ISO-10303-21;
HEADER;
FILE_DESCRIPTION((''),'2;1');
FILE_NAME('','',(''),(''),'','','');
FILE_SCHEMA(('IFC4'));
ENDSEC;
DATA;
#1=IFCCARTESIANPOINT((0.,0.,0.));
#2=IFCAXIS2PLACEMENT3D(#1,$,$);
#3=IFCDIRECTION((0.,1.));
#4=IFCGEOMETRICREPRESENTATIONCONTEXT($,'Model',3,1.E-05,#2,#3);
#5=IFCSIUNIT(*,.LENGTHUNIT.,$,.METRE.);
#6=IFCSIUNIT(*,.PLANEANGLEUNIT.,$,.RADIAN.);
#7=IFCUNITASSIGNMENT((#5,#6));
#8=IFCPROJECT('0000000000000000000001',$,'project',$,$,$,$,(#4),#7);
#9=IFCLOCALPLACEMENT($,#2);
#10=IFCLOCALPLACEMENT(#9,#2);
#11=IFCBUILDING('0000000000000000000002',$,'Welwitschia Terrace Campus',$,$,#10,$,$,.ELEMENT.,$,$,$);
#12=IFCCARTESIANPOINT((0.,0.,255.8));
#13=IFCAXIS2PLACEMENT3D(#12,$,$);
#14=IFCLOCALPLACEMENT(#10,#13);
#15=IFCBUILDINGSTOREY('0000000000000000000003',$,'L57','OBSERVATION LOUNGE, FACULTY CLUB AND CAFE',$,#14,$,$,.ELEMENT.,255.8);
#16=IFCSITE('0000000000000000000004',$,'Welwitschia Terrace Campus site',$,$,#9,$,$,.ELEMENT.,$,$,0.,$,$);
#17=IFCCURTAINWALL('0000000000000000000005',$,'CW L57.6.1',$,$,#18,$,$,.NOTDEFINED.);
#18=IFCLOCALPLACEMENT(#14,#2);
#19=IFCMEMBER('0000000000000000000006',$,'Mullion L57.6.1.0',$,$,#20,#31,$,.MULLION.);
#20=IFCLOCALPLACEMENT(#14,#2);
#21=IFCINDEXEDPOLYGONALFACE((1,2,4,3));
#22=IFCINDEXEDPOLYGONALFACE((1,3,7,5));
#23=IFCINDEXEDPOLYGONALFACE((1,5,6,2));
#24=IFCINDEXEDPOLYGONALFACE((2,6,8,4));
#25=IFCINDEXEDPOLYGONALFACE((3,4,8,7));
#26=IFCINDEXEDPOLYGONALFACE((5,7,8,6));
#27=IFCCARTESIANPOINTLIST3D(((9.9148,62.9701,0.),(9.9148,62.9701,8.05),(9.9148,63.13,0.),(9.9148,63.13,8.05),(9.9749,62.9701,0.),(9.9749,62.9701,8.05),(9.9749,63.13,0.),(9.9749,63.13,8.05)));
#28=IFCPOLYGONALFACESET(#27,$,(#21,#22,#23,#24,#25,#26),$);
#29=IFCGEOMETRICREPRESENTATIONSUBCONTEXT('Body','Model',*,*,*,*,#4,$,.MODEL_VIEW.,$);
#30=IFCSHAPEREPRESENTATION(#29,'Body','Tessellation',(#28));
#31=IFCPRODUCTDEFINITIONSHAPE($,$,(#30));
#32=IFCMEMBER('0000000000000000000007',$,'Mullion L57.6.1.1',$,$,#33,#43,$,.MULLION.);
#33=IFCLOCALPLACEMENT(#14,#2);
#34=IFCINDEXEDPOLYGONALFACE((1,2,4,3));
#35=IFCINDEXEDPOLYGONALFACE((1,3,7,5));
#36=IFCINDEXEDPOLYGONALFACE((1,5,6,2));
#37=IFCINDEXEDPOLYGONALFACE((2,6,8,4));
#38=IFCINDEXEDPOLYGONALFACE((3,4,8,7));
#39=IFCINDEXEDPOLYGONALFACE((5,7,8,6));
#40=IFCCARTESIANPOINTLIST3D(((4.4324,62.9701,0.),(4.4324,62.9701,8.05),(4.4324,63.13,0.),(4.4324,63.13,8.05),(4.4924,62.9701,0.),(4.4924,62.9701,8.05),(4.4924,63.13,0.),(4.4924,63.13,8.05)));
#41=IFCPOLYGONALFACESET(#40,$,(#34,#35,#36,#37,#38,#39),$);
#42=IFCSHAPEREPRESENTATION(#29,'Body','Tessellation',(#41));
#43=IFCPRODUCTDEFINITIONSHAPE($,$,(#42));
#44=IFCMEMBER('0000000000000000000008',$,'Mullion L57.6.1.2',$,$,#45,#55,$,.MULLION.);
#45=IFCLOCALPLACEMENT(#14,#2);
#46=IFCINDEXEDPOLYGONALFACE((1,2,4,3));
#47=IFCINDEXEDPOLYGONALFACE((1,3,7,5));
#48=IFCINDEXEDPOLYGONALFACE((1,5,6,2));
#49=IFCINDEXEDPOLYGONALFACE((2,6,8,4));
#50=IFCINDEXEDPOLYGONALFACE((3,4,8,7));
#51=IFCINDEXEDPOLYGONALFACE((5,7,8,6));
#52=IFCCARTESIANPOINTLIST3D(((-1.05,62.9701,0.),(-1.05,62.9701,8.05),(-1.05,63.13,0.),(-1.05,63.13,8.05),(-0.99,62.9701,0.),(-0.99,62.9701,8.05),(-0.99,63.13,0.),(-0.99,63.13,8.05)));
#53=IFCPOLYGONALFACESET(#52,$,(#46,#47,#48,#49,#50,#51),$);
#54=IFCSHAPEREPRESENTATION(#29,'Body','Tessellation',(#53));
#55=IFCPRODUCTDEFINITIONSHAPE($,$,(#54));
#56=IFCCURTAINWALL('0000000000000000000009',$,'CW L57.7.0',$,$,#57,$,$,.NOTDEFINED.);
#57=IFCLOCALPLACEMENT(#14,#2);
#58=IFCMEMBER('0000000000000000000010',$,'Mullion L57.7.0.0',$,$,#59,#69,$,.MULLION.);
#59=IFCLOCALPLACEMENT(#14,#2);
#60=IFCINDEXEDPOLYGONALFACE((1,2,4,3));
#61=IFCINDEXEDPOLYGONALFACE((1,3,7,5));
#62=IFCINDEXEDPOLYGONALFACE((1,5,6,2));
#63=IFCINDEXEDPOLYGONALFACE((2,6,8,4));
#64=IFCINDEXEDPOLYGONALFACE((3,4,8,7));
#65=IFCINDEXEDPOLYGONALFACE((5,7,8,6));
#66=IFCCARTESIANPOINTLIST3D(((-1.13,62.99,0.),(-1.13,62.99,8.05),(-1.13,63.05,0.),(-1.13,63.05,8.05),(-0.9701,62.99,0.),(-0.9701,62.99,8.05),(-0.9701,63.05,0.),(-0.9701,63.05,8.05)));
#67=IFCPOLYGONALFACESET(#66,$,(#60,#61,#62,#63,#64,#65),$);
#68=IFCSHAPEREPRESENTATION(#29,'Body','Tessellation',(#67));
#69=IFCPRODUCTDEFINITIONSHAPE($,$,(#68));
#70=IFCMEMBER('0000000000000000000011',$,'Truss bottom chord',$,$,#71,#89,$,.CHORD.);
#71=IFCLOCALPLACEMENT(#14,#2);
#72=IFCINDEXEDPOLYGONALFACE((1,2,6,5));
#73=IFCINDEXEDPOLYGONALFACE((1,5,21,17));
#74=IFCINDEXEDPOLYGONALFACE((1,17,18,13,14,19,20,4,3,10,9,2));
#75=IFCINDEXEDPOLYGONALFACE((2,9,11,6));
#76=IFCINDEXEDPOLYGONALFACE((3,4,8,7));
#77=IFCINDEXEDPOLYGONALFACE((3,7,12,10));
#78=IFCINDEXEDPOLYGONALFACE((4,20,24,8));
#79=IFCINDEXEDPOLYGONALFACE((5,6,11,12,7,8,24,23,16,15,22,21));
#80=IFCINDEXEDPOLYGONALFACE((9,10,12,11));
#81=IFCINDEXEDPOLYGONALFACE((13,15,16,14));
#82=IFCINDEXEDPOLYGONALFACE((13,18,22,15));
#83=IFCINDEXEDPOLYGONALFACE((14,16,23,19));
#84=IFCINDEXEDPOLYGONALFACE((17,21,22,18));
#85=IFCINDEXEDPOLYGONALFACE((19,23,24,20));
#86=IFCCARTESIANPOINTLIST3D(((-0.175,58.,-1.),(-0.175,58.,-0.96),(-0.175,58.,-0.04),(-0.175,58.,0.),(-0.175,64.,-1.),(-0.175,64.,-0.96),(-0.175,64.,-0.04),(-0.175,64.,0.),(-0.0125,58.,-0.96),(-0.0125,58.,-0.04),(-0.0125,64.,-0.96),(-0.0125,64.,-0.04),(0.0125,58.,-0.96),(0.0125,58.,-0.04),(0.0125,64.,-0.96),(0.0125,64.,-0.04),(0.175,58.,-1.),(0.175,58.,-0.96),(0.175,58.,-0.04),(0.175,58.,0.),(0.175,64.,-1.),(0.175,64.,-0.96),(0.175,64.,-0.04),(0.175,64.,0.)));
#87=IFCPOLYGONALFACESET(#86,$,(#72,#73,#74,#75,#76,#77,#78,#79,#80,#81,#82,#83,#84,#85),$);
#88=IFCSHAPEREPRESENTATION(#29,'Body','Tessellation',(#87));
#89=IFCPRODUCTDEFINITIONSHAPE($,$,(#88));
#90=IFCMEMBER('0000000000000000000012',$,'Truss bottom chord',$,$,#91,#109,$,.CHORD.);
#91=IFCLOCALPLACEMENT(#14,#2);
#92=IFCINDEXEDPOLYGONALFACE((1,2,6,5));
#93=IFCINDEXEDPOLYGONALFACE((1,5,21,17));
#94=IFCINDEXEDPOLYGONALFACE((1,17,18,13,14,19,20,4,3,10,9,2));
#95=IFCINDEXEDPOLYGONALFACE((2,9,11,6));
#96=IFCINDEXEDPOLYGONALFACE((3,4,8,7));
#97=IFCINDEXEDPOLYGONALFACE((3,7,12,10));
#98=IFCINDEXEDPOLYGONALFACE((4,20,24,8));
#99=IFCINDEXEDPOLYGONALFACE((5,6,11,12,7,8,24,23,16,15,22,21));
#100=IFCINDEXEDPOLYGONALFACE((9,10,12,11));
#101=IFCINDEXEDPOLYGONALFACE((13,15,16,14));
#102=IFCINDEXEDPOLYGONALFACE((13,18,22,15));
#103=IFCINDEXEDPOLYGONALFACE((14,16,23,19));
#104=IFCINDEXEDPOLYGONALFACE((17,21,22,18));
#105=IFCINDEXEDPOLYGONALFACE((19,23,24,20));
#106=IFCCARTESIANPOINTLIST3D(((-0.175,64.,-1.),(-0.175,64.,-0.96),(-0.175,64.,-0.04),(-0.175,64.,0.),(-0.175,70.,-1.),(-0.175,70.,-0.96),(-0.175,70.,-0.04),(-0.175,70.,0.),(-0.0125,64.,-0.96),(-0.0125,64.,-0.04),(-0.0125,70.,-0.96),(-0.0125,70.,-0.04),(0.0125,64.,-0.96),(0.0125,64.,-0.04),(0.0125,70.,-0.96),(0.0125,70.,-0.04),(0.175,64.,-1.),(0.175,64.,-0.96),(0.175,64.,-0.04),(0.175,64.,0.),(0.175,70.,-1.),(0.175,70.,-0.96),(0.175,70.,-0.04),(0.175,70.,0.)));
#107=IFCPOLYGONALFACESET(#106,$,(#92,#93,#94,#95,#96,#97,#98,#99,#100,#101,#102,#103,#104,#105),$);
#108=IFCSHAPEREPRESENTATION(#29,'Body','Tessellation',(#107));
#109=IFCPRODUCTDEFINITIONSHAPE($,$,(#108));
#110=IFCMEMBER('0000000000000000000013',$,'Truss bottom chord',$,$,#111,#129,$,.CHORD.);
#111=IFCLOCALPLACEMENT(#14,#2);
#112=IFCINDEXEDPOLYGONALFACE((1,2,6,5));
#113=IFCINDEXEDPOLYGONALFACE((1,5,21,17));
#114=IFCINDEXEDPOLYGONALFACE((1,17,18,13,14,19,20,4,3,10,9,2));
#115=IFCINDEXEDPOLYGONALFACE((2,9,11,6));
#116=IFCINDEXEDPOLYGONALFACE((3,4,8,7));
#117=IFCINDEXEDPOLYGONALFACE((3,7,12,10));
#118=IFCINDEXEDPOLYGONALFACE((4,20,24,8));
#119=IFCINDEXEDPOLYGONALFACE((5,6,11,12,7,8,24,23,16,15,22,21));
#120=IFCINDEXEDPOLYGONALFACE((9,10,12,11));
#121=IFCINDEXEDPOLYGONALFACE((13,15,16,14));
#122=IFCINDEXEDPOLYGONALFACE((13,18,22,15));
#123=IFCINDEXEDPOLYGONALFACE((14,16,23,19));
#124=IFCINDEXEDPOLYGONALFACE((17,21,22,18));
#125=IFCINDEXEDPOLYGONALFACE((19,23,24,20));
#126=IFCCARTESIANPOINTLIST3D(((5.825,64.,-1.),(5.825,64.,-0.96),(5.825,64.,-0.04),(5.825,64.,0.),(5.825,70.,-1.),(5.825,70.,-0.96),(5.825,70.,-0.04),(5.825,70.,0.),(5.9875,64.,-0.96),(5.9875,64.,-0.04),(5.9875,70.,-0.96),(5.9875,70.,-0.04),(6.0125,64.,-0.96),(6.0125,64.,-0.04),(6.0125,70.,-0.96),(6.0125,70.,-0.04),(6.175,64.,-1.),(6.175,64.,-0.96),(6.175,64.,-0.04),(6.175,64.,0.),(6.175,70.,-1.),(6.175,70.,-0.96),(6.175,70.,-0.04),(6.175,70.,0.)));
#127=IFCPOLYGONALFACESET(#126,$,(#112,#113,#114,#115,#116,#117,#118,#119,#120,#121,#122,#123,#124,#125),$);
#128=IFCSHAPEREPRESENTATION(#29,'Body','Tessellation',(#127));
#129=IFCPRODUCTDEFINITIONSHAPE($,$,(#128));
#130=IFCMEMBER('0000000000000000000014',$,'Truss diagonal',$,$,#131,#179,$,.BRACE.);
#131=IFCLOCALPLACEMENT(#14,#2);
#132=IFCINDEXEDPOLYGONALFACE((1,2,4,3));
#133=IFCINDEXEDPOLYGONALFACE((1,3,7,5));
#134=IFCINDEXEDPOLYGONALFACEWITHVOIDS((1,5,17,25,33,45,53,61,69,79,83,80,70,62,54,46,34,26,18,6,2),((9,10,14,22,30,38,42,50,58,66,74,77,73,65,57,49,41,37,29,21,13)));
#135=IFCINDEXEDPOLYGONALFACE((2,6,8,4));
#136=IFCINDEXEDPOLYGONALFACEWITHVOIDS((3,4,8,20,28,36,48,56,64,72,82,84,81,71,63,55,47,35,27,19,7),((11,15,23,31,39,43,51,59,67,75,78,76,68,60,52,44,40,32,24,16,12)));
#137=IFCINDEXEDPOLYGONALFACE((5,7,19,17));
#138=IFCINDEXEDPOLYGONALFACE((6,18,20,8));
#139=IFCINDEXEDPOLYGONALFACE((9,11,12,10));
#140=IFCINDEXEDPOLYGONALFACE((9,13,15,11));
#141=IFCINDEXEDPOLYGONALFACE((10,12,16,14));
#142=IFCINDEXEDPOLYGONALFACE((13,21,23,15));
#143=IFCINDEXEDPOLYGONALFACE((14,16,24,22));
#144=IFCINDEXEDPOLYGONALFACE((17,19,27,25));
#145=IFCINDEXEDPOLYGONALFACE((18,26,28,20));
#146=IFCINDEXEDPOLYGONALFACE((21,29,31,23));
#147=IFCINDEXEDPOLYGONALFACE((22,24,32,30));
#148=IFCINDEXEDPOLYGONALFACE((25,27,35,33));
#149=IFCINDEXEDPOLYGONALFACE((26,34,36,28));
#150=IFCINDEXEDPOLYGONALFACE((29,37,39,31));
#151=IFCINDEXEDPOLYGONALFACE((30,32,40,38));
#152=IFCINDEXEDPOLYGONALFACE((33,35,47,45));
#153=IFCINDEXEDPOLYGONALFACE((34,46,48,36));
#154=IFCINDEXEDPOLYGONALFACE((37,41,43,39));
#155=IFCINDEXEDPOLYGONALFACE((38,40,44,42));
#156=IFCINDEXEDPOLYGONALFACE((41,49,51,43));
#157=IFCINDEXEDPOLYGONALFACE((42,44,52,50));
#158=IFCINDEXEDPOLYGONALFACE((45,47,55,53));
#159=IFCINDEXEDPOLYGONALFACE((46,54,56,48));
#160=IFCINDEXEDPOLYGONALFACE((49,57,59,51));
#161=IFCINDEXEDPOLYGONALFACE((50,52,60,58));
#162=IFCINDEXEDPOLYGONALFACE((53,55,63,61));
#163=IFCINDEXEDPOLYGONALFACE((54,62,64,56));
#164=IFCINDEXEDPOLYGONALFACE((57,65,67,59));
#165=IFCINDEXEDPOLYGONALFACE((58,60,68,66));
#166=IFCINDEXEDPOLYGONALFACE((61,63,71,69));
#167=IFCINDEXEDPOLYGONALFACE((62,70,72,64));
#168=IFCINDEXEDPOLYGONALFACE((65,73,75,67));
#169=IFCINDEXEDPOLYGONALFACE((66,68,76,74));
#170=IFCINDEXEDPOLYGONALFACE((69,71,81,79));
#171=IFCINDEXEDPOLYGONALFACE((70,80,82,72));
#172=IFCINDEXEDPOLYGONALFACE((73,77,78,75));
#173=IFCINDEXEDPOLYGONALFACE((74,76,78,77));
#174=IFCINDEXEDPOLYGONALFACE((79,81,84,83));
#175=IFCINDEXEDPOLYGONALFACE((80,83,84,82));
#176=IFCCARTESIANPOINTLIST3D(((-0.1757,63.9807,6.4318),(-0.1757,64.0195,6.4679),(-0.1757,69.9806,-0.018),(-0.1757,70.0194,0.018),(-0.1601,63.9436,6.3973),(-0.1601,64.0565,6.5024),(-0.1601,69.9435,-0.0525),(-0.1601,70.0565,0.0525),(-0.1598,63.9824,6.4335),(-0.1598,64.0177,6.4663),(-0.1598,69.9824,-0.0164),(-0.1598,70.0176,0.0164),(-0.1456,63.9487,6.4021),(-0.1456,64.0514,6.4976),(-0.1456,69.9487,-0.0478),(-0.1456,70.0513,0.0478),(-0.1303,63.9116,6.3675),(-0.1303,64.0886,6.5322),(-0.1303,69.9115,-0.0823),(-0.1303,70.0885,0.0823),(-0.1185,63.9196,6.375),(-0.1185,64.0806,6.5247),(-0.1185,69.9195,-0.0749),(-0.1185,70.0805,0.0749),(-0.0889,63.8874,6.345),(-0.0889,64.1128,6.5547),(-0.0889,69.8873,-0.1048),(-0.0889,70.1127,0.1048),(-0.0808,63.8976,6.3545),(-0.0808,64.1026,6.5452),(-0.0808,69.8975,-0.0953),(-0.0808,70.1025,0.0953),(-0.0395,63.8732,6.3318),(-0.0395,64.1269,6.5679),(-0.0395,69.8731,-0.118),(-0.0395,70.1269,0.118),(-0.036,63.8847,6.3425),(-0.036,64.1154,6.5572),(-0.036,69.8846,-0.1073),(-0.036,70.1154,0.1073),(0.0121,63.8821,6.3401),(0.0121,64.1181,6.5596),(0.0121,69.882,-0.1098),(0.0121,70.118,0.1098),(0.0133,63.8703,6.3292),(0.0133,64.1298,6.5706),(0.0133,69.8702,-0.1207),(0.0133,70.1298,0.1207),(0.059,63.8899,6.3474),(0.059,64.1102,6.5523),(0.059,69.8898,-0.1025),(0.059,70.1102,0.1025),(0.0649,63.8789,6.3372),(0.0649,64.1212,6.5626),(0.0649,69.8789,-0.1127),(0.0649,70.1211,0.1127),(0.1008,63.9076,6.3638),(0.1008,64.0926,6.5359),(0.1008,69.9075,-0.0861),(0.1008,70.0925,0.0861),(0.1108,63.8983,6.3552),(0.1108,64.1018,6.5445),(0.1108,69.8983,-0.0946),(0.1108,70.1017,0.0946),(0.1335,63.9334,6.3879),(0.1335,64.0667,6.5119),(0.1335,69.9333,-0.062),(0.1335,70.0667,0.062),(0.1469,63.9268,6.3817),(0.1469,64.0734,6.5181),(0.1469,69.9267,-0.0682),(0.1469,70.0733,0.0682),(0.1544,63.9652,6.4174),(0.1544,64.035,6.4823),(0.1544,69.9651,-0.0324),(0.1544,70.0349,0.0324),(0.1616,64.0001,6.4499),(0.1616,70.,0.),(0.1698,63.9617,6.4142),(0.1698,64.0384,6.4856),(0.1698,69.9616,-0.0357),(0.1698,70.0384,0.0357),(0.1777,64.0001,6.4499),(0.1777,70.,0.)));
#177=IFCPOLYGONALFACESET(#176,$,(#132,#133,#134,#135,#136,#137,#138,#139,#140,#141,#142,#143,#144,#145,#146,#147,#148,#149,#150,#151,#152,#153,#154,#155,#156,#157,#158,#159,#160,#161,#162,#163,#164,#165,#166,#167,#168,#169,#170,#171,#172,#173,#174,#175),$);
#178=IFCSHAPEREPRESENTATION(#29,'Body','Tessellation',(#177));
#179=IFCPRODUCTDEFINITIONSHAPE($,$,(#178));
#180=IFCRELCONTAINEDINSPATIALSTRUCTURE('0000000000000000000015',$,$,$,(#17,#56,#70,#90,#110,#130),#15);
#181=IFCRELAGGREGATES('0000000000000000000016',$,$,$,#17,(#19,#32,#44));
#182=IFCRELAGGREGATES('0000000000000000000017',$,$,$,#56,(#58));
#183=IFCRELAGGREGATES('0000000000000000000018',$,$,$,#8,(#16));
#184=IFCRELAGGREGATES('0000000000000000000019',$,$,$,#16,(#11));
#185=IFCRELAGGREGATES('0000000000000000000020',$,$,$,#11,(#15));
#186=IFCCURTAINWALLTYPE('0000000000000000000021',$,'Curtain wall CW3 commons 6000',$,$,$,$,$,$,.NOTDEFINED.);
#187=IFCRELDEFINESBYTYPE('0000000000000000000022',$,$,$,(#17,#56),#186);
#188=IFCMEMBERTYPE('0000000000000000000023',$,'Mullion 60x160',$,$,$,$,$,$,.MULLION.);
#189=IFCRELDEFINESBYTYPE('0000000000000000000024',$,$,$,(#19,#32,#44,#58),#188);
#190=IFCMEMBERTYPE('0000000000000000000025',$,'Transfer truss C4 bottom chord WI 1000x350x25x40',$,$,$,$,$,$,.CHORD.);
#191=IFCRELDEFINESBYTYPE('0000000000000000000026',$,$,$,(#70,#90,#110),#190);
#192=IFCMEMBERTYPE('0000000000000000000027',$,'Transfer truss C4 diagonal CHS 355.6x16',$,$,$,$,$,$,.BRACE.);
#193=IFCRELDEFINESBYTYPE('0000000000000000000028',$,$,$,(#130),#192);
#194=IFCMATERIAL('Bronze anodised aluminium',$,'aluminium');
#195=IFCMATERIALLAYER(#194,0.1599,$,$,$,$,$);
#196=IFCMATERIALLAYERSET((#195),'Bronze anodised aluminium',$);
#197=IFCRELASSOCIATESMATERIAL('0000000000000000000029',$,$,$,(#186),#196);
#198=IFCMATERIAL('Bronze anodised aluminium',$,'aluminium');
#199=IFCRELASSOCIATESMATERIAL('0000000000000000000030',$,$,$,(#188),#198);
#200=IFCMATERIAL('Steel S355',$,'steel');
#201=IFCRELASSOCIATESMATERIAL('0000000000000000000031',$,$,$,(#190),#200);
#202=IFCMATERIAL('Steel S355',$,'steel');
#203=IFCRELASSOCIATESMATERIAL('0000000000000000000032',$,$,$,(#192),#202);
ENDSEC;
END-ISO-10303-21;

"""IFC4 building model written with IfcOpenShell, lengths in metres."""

from ifc_helpers import new_model, si_unit, direction, frame, origin, origin_2d, place, context, subcontext, project, spatial, rectangle, hollow_circle, i_section, extrude, material, layer, layer_set, material_profile, profile_set, type_object, element, aggregate, save


model = new_model("IFC4")

# Units and contexts
model_context = context("Model", 3, precision=1e-05, world=origin(), true_north=direction((0.0, 1.0)))
body_context = subcontext(model_context, "Body", "Model", "MODEL_VIEW")
ifc_project = project(units=[si_unit("LENGTHUNIT", "METRE"), si_unit("PLANEANGLEUNIT", "RADIAN")], contexts=[model_context])

# Site, building, storey
site_placement = place(None, origin())
site = spatial("IfcSite", under=ifc_project, at=site_placement, Name="Welwitschia Terrace Campus site", CompositionType="ELEMENT", RefElevation=0.0)
building_placement = place(site_placement, origin())
building = spatial("IfcBuilding", under=site, at=building_placement, Name="Welwitschia Terrace Campus", CompositionType="ELEMENT")
storey_placement = place(building_placement, frame((0.0, 0.0, 255.8)))
storey = spatial("IfcBuildingStorey", under=building, at=storey_placement, Name="L57", Description="OBSERVATION LOUNGE, FACULTY CLUB AND CAFE", CompositionType="ELEMENT", Elevation=255.8)

# Curtain wall, members
ifc_material_1 = material(Name="Bronze anodised aluminium", Category="aluminium")
ifc_layer_1 = layer(ifc_material_1, 0.1599)
ifc_layer_set_1 = layer_set([ifc_layer_1], Name="Bronze anodised aluminium")
curtain_wall_type = type_object("IfcCurtainWallType", Name="Curtain wall CW3 commons 6000", PredefinedType="NOTDEFINED", material=ifc_layer_set_1)
curtain_wall_1_placement = place(storey_placement, origin())
curtain_wall_1 = element("IfcCurtainWall", 1, at=curtain_wall_1_placement, inside=storey, type_object=curtain_wall_type, Name="CW L57.6.1", PredefinedType="NOTDEFINED")
ifc_material_2 = material(Name="Bronze anodised aluminium", Category="aluminium")
ifc_material_profile_1 = material_profile(ifc_material_2, rectangle(XDim=0.1599, YDim=0.0601, at=origin_2d()))
ifc_profile_set_1 = profile_set([ifc_material_profile_1], Name="Bronze anodised aluminium")
member_type_1 = type_object("IfcMemberType", Name="Mullion 60x160", PredefinedType="MULLION", material=ifc_profile_set_1)
member_1_placement = place(storey_placement, frame((9.9448, 63.05, 0.0), z_axis=(0.0, 0.0, 1.0), x_axis=(0.0, -1.0, 0.0)))
member_1 = element("IfcMember", 2, at=member_1_placement, type_object=member_type_1, Name="Mullion L57.6.1.0", PredefinedType="MULLION", context=body_context, shape_type="SweptSolid", body=[
    extrude(rectangle(XDim=0.1599, YDim=0.0601, at=origin_2d()), origin(), (0.0, 0.0, 1.0), 8.05),
])
member_2_placement = place(storey_placement, frame((4.4624, 63.05, 0.0), z_axis=(0.0, 0.0, 1.0), x_axis=(0.0, -1.0, 0.0)))
member_2 = element("IfcMember", 3, at=member_2_placement, type_object=member_type_1, Name="Mullion L57.6.1.1", PredefinedType="MULLION", context=body_context, shape_type="SweptSolid", body=[
    extrude(rectangle(XDim=0.1599, YDim=0.0601, at=origin_2d()), origin(), (0.0, 0.0, 1.0), 8.05),
])
member_3_placement = place(storey_placement, frame((-1.02, 63.05, 0.0), z_axis=(0.0, 0.0, 1.0), x_axis=(0.0, -1.0, 0.0)))
member_3 = element("IfcMember", 4, at=member_3_placement, type_object=member_type_1, Name="Mullion L57.6.1.2", PredefinedType="MULLION", context=body_context, shape_type="SweptSolid", body=[
    extrude(rectangle(XDim=0.1599, YDim=0.0601, at=origin_2d()), origin(), (0.0, 0.0, 1.0), 8.05),
])

# Curtain wall, member
curtain_wall_2_placement = place(storey_placement, origin())
curtain_wall_2 = element("IfcCurtainWall", 5, at=curtain_wall_2_placement, inside=storey, type_object=curtain_wall_type, Name="CW L57.7.0", PredefinedType="NOTDEFINED")
member_4_placement = place(storey_placement, frame((-1.05, 63.02, 0.0), z_axis=(0.0, 0.0, 1.0), x_axis=(1.0, 0.0, 0.0)))
member_4 = element("IfcMember", 6, at=member_4_placement, type_object=member_type_1, Name="Mullion L57.7.0.0", PredefinedType="MULLION", context=body_context, shape_type="SweptSolid", body=[
    extrude(rectangle(XDim=0.1599, YDim=0.0601, at=origin_2d()), origin(), (0.0, 0.0, 1.0), 8.05),
])

# Members
ifc_material_3 = material(Name="Steel S355", Category="steel")
ifc_material_profile_2 = material_profile(ifc_material_3, i_section(OverallWidth=0.3501, OverallDepth=1.0, WebThickness=0.0249, FlangeThickness=0.04, at=origin_2d()))
ifc_profile_set_2 = profile_set([ifc_material_profile_2], Name="Steel S355")
member_type_2 = type_object("IfcMemberType", Name="Transfer truss C4 bottom chord WI 1000x350x25x40", PredefinedType="CHORD", material=ifc_profile_set_2)
for number, where, z_axis, x_axis, name in (
    (7, (0.0, 58.0, -0.5), (0.0, 1.0, 0.0), (-1.0, 0.0, 0.0), "Truss bottom chord"),
    (8, (0.0, 64.0, -0.5), (0.0, 1.0, 0.0), (-1.0, 0.0, 0.0), "Truss bottom chord"),
    (9, (6.0, 64.0, -0.5), (0.0, 1.0, 0.0), (-1.0, 0.0, 0.0), "Truss bottom chord"),
):
    element("IfcMember", number, at=place(storey_placement, frame(where, z_axis=z_axis, x_axis=x_axis)), inside=storey, type_object=member_type_2, Name=name, PredefinedType="CHORD", context=body_context, shape_type="SweptSolid", body=[
        extrude(i_section(OverallWidth=0.3501, OverallDepth=1.0, WebThickness=0.0249, FlangeThickness=0.04, at=origin_2d()), origin(), (0.0, 0.0, 1.0), 6.0),
    ])
ifc_material_4 = material(Name="Steel S355", Category="steel")
ifc_material_profile_3 = material_profile(ifc_material_4, hollow_circle(Radius=0.1777, WallThickness=0.0161, at=origin_2d()))
ifc_profile_set_3 = profile_set([ifc_material_profile_3], Name="Steel S355")
member_type_3 = type_object("IfcMemberType", Name="Transfer truss C4 diagonal CHS 355.6x16", PredefinedType="BRACE", material=ifc_profile_set_3)
member_5_placement = place(storey_placement, frame((0.0, 70.0, 0.0), z_axis=(0.0, -0.681107, 0.732184), x_axis=(1.0, 0.0, 0.0)))
element("IfcMember", 10, at=member_5_placement, inside=storey, type_object=member_type_3, Name="Truss diagonal", PredefinedType="BRACE", context=body_context, shape_type="SweptSolid", body=[
    extrude(hollow_circle(Radius=0.1777, WallThickness=0.0161, at=origin_2d()), origin(), (0.0, 0.0, 1.0), 8.8091),
])

aggregate(curtain_wall_1, [member_1, member_2, member_3])
aggregate(curtain_wall_2, [member_4])

save(model, "model.ifc")
